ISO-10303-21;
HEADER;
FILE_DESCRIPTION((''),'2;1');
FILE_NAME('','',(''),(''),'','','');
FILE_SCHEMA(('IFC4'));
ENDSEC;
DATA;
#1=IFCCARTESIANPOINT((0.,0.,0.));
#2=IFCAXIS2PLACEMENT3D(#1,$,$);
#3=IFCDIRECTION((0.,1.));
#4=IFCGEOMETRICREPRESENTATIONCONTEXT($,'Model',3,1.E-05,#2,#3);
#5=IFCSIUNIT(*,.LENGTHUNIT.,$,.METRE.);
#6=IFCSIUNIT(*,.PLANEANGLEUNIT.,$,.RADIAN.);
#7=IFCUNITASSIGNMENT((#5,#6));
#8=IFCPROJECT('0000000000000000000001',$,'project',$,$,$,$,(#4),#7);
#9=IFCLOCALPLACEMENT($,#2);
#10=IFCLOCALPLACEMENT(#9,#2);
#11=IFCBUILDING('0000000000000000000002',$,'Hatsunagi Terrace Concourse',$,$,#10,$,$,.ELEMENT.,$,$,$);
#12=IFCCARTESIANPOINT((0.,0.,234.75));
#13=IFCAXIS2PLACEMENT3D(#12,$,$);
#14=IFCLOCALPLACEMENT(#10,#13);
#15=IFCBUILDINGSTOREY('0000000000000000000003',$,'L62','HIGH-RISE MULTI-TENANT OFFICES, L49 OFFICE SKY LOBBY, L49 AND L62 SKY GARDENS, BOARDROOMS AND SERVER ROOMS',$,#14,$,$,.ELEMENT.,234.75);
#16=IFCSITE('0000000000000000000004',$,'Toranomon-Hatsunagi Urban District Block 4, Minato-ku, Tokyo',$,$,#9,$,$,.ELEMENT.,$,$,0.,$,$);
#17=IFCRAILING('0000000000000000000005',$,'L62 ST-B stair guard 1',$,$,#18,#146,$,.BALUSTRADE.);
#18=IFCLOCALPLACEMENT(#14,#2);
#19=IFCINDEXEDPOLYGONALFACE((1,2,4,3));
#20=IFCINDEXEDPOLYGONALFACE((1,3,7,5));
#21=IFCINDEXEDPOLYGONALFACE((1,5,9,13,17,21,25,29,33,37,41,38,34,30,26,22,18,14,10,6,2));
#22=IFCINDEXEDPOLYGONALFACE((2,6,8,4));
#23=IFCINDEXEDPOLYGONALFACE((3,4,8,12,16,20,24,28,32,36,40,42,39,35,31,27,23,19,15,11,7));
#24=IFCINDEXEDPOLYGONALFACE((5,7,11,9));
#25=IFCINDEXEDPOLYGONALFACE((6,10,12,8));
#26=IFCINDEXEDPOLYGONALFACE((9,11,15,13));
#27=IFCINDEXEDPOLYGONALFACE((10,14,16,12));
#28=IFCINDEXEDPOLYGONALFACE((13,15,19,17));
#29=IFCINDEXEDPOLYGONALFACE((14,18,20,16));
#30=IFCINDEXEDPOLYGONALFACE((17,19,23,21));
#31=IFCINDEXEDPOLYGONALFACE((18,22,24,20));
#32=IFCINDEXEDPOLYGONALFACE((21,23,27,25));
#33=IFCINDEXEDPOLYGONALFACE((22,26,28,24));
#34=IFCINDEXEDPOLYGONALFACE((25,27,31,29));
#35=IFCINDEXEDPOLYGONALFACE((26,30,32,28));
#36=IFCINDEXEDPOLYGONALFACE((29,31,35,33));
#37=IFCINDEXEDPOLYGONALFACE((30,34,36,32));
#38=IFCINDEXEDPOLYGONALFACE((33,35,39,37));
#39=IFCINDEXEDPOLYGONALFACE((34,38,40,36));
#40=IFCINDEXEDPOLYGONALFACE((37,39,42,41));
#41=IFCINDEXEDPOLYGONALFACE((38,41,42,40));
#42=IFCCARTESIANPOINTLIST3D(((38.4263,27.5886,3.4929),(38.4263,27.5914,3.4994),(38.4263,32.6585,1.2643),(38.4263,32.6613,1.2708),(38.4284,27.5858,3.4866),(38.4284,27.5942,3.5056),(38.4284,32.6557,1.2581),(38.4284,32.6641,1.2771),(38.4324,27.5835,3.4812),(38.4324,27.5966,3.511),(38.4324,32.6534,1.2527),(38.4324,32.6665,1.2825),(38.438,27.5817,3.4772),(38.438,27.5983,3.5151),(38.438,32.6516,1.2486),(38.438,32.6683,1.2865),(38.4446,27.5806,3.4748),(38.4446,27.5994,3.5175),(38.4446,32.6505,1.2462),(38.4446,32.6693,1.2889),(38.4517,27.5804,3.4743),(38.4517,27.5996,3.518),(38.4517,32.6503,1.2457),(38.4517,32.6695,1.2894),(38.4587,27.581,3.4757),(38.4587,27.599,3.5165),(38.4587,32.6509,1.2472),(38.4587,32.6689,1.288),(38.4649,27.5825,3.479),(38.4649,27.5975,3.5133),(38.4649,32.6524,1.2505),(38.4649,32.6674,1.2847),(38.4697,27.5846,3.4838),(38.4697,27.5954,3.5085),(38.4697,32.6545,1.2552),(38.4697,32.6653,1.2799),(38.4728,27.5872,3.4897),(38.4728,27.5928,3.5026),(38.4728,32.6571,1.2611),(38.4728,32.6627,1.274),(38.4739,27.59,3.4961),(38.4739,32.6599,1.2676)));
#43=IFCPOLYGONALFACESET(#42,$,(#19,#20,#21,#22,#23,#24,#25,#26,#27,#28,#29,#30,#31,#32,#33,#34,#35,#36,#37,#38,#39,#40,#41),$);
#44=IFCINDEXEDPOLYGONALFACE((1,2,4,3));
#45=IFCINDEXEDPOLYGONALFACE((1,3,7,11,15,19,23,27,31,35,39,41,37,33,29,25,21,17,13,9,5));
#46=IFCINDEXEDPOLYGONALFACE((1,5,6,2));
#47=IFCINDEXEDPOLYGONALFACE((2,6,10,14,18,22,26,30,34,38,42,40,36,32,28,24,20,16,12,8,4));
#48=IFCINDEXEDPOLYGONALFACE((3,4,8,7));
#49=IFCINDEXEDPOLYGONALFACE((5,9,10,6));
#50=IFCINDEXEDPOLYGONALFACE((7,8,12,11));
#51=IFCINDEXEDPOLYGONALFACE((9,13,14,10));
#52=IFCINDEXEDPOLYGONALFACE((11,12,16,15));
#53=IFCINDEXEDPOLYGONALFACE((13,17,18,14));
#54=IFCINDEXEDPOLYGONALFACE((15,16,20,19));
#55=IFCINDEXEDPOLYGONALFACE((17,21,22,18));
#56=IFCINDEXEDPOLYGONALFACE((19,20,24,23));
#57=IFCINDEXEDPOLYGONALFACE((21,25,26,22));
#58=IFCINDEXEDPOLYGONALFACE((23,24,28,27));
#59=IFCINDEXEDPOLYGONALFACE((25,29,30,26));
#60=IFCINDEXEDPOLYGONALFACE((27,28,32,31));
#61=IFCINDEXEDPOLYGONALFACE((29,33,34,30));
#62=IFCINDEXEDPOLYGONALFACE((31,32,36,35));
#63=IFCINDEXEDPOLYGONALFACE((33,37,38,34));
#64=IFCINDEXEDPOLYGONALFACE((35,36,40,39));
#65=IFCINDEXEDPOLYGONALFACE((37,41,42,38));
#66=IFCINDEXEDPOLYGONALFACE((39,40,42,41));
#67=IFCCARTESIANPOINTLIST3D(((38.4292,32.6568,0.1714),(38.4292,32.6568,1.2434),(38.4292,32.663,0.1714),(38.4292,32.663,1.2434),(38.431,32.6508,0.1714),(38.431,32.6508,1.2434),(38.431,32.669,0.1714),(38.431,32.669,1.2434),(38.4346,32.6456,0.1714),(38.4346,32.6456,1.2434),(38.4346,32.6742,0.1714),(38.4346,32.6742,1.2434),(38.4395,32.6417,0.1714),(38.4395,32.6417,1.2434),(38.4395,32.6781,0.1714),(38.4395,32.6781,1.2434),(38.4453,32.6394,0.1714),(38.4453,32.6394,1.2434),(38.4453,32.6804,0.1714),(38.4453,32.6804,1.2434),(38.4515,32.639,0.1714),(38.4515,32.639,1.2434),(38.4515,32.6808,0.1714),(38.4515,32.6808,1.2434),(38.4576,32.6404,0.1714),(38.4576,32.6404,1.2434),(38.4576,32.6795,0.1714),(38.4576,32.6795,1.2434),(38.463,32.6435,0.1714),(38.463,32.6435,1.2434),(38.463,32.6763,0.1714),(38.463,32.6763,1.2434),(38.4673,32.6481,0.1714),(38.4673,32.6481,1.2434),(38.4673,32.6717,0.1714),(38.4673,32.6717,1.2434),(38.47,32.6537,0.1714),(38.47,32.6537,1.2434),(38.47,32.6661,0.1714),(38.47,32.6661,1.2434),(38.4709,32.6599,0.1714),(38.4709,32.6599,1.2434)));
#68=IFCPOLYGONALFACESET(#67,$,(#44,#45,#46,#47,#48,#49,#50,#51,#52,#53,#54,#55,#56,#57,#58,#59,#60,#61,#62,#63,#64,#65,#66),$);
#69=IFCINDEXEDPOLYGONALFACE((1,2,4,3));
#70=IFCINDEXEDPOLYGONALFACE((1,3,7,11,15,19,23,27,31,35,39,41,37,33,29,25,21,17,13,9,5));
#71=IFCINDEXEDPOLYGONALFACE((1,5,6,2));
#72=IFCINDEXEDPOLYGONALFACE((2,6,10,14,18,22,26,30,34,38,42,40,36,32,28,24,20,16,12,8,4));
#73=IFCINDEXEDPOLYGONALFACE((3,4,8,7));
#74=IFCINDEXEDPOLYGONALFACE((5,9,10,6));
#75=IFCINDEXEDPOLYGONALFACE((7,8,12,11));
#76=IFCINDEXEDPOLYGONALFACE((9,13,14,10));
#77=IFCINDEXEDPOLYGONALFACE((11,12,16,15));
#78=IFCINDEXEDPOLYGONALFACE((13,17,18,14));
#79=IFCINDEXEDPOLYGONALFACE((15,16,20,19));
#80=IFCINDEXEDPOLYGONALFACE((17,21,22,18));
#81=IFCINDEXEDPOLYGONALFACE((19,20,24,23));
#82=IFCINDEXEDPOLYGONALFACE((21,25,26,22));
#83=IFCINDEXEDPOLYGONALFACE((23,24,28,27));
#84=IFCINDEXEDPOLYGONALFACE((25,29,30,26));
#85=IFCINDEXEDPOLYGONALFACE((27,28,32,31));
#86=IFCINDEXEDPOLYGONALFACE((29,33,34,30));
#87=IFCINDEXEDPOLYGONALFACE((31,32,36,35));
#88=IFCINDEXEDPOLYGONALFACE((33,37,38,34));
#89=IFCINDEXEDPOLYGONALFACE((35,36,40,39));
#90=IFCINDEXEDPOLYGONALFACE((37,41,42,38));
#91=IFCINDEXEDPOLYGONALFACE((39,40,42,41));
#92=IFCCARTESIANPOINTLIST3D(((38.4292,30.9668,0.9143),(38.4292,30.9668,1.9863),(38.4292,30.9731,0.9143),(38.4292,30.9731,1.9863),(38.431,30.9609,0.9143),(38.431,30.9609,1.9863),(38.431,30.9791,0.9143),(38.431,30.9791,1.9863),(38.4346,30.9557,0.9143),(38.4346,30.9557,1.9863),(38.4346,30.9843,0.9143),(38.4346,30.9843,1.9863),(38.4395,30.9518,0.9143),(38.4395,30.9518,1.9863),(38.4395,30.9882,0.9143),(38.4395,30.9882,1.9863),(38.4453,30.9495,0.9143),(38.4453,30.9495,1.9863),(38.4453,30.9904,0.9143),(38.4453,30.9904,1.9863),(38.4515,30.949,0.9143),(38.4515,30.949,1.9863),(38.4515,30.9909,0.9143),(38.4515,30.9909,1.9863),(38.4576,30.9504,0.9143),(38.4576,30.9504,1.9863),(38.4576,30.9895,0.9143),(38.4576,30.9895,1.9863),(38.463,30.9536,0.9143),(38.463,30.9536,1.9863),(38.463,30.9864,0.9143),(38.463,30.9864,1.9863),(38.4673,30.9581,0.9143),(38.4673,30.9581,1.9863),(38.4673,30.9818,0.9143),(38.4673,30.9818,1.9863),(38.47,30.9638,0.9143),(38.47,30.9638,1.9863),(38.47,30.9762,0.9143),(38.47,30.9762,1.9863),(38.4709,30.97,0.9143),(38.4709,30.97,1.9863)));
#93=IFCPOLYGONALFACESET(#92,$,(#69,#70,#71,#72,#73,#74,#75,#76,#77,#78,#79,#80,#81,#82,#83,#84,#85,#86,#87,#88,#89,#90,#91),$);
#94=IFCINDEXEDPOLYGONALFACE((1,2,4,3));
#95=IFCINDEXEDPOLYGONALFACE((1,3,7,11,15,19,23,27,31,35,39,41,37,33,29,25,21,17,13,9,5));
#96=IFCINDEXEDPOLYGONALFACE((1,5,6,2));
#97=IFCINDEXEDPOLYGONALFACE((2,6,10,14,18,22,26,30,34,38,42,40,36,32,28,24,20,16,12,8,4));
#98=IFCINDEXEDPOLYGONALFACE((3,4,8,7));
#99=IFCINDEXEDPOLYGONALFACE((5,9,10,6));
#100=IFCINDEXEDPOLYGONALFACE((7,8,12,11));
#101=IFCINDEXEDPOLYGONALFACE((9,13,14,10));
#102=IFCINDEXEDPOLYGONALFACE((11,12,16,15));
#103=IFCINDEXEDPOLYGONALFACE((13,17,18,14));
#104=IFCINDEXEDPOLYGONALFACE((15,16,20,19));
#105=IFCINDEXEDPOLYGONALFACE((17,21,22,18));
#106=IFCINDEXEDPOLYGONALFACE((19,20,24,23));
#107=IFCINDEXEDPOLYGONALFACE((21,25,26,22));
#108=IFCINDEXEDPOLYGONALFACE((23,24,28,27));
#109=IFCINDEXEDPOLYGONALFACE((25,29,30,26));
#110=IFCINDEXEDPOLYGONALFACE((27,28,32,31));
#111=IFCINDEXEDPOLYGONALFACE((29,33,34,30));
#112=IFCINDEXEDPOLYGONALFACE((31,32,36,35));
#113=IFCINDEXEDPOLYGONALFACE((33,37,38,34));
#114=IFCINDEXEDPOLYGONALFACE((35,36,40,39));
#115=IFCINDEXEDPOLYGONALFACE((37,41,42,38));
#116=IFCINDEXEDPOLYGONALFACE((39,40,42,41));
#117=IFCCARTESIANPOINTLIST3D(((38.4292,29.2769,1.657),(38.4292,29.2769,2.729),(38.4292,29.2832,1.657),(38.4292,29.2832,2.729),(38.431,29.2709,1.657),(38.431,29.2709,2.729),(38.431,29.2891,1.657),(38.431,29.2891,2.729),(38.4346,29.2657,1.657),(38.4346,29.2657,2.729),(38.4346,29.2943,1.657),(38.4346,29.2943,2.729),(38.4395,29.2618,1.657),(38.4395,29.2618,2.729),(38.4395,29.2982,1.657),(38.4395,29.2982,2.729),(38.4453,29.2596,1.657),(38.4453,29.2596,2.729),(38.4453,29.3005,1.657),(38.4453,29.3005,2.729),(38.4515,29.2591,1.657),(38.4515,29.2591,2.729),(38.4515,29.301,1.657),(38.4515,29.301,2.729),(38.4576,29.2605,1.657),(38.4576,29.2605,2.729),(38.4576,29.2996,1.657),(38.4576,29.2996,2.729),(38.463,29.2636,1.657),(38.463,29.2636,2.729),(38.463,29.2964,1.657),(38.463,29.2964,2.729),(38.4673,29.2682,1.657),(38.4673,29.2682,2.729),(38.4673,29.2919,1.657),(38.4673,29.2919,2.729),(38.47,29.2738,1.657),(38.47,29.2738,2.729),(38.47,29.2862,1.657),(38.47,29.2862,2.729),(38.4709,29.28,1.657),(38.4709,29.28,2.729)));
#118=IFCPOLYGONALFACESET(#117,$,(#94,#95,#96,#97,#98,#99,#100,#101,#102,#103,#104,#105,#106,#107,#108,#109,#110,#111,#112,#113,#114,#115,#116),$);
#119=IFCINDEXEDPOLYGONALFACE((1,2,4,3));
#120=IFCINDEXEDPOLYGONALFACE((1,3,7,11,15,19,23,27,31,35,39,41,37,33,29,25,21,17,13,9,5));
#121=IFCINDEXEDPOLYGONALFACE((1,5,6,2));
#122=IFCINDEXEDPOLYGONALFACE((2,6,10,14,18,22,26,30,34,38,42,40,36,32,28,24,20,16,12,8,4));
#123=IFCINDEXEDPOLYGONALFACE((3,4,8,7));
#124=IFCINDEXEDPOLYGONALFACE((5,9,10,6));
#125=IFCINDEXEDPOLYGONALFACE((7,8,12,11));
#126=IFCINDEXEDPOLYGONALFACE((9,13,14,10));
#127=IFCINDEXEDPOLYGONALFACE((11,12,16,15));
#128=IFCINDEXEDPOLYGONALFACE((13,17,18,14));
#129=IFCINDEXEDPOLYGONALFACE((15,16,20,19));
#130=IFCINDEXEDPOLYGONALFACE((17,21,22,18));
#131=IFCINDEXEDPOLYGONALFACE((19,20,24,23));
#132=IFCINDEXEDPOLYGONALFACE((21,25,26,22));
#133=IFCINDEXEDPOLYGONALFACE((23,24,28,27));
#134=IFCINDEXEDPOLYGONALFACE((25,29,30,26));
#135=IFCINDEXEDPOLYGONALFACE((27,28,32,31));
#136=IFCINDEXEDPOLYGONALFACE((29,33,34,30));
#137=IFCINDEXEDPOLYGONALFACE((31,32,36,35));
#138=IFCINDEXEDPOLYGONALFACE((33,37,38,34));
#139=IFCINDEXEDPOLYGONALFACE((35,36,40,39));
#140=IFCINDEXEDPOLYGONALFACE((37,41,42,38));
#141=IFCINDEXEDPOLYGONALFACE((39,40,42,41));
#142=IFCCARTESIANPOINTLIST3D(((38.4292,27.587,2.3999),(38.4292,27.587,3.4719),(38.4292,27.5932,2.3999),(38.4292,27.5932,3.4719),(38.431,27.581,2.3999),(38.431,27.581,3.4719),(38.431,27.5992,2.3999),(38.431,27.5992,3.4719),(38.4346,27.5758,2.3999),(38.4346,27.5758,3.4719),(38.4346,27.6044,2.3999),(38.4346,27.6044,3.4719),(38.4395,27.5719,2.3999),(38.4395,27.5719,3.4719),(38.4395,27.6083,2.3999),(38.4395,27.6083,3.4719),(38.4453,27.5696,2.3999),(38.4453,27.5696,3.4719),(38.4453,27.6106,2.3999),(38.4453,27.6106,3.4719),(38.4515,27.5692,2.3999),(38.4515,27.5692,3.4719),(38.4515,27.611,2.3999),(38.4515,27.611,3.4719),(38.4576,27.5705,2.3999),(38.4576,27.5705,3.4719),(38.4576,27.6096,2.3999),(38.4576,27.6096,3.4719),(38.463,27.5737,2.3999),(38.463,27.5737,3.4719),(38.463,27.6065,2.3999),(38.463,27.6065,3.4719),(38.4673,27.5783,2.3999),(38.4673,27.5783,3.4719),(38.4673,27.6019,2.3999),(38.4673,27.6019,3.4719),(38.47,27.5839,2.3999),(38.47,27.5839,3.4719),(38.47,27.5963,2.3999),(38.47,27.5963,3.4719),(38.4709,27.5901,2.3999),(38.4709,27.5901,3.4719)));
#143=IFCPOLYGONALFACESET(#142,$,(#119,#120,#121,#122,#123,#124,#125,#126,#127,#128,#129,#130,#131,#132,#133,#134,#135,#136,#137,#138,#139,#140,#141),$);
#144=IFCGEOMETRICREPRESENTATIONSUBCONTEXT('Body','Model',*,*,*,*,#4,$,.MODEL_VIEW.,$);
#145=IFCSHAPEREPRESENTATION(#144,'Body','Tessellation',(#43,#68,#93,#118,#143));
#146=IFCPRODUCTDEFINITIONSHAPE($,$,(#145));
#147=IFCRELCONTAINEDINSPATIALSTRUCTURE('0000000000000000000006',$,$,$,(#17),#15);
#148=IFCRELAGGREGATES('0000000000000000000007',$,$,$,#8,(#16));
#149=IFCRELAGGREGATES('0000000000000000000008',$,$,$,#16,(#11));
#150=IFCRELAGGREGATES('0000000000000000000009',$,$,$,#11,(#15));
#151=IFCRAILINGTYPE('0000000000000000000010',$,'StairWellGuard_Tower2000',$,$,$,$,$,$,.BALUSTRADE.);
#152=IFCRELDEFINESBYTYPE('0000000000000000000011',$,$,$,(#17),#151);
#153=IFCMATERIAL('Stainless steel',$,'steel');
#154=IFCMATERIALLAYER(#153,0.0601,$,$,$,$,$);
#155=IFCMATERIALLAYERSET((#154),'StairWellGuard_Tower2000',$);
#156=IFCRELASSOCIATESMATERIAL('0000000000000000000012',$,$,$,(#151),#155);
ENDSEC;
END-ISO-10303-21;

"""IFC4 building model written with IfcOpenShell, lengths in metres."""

from ifc_helpers import new_model, si_unit, direction, frame, origin, origin_2d, place, context, subcontext, project, spatial, circle, extrude, material, layer, layer_set, type_object, element, save


model = new_model("IFC4")

# Units and contexts
model_context = context("Model", 3, precision=1e-05, world=origin(), true_north=direction((0.0, 1.0)))
body_context = subcontext(model_context, "Body", "Model", "MODEL_VIEW")
ifc_project = project(units=[si_unit("LENGTHUNIT", "METRE"), si_unit("PLANEANGLEUNIT", "RADIAN")], contexts=[model_context])

# Site, building, storey
site_placement = place(None, origin())
site = spatial("IfcSite", under=ifc_project, at=site_placement, Name="Toranomon-Hatsunagi Urban District Block 4, Minato-ku, Tokyo", CompositionType="ELEMENT", RefElevation=0.0)
building_placement = place(site_placement, origin())
building = spatial("IfcBuilding", under=site, at=building_placement, Name="Hatsunagi Terrace Concourse", CompositionType="ELEMENT")
storey_placement = place(building_placement, frame((0.0, 0.0, 234.75)))
storey = spatial("IfcBuildingStorey", under=building, at=storey_placement, Name="L62", Description="HIGH-RISE MULTI-TENANT OFFICES, L49 OFFICE SKY LOBBY, L49 AND L62 SKY GARDENS, BOARDROOMS AND SERVER ROOMS", CompositionType="ELEMENT", Elevation=234.75)

# Railing
ifc_material_1 = material(Name="Stainless steel", Category="steel")
ifc_layer_1 = layer(ifc_material_1, 0.0601)
ifc_layer_set_1 = layer_set([ifc_layer_1], Name="StairWellGuard_Tower2000")
railing_type_1 = type_object("IfcRailingType", Name="StairWellGuard_Tower2000", PredefinedType="BALUSTRADE", material=ifc_layer_set_1)
railing_1_placement = place(storey_placement, frame((38.45, 32.6599, 0.1714)))
element("IfcRailing", 1, at=railing_1_placement, inside=storey, type_object=railing_type_1, Name="L62 ST-B stair guard 1", PredefinedType="BALUSTRADE", context=body_context, shape_type="SweptSolid", body=[
    extrude(circle(Radius=0.0239, at=origin_2d()), frame((0.0, 0.0, 1.0962), z_axis=(0.0, -0.915462, 0.402405), x_axis=(1.0, 0.0, 0.0)), (0.0, 0.0, 1.0), 5.5381),
    extrude(circle(Radius=0.021, at=origin_2d()), origin(), (0.0, 0.0, 1.0), 1.072),
    extrude(circle(Radius=0.021, at=origin_2d()), frame((0.0, -1.6899, 0.7429)), (0.0, 0.0, 1.0), 1.072),
    extrude(circle(Radius=0.021, at=origin_2d()), frame((0.0, -3.3799, 1.4856)), (0.0, 0.0, 1.0), 1.072),
    extrude(circle(Radius=0.021, at=origin_2d()), frame((0.0, -5.0698, 2.2285)), (0.0, 0.0, 1.0), 1.072),
])

save(model, "model.ifc")
